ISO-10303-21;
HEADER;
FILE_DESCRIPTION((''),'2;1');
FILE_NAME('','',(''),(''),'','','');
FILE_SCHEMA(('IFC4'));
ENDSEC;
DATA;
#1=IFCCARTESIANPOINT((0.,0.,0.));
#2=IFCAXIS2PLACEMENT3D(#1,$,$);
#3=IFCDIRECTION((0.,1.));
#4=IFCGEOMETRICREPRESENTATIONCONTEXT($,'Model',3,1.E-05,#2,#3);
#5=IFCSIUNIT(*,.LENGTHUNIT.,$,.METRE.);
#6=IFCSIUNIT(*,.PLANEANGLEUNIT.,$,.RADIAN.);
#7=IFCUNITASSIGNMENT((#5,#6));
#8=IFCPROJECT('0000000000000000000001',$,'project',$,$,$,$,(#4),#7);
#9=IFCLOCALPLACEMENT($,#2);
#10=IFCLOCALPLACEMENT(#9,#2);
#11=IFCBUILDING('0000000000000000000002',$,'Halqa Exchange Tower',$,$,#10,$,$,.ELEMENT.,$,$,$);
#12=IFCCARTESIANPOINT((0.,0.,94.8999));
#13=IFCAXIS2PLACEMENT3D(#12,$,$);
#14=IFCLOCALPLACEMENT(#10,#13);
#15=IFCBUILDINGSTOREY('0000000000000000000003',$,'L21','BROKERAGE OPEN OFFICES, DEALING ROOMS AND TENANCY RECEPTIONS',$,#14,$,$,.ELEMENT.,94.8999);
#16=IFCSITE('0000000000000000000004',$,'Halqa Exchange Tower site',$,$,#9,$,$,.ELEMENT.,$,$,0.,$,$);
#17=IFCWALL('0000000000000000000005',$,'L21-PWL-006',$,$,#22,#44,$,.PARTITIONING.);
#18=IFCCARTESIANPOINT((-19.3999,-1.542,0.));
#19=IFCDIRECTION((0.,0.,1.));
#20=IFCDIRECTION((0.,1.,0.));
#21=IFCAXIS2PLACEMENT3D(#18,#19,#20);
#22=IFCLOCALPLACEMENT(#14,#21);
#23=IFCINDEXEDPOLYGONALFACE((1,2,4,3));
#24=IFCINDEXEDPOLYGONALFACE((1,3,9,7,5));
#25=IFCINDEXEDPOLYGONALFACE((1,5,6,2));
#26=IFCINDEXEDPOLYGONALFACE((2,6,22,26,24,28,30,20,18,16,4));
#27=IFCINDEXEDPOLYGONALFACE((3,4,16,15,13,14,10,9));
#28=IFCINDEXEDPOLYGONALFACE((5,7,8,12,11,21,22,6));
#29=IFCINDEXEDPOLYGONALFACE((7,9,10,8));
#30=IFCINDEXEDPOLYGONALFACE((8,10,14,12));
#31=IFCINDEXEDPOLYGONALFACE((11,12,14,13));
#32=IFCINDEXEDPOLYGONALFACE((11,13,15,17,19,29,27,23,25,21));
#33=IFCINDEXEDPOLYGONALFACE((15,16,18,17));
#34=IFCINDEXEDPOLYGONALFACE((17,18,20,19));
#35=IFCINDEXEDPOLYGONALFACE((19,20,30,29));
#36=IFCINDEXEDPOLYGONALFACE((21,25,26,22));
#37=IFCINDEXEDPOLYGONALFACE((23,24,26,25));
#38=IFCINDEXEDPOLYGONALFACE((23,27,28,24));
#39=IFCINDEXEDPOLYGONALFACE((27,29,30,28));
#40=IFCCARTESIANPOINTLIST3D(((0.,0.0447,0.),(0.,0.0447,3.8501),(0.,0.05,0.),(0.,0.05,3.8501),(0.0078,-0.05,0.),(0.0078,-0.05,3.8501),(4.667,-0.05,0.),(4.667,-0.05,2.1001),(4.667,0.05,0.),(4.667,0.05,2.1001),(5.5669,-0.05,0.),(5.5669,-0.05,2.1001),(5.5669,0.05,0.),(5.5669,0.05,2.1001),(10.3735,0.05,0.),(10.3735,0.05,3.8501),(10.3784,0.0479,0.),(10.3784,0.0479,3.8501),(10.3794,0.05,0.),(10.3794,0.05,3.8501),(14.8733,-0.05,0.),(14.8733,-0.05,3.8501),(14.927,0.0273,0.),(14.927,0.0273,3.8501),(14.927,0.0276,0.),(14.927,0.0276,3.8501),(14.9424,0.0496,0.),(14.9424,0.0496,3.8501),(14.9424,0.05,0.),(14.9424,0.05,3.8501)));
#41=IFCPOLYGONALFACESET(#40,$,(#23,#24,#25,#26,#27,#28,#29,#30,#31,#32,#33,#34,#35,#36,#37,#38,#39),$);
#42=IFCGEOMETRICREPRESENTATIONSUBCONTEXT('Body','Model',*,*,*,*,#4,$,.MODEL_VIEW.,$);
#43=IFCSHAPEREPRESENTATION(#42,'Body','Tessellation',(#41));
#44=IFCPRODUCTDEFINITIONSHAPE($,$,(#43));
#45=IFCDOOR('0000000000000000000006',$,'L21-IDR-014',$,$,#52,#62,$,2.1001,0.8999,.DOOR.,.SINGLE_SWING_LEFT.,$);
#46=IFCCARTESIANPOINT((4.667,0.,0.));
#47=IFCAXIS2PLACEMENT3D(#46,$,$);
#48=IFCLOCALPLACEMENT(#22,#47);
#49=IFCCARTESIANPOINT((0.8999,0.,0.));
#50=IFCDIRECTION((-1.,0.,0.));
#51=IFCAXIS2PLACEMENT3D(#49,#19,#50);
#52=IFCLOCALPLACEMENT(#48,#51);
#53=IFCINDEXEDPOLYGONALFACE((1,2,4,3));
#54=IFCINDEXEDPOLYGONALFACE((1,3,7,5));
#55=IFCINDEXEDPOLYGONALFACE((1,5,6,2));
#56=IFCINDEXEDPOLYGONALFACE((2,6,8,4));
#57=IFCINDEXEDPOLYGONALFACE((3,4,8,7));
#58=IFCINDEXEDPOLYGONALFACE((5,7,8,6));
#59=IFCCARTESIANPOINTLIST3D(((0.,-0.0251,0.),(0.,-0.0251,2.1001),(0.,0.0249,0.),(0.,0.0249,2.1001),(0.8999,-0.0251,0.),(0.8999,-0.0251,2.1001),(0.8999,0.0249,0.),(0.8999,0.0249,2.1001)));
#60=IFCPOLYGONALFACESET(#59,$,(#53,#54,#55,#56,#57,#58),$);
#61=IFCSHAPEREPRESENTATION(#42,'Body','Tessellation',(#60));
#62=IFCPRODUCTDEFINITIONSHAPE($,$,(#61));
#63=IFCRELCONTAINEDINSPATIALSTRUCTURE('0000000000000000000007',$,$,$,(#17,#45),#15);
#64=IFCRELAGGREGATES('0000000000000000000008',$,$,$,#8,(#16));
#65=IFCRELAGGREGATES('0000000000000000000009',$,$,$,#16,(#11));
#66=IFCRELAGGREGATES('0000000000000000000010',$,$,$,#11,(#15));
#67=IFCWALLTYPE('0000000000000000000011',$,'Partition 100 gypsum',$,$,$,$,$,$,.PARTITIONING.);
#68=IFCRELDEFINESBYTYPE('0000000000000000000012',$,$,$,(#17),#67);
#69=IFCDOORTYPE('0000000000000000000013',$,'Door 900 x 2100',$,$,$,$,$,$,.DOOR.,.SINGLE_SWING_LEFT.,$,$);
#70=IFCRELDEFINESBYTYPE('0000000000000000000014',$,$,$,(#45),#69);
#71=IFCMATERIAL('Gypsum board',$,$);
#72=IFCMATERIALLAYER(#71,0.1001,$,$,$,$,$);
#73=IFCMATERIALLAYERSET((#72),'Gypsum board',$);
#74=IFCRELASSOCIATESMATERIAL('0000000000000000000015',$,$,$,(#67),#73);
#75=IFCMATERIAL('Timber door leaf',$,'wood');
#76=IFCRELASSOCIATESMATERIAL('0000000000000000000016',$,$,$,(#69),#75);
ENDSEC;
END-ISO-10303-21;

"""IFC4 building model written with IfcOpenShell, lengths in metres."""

from ifc_helpers import new_model, si_unit, direction, frame, frame_2d, origin, place, context, subcontext, project, spatial, polyline, rectangle, outline, extrude, material, layer, layer_set, type_object, element, fill, save


model = new_model("IFC4")

# Units and contexts
model_context = context("Model", 3, precision=1e-05, world=origin(), true_north=direction((0.0, 1.0)))
body_context = subcontext(model_context, "Body", "Model", "MODEL_VIEW")
ifc_project = project(units=[si_unit("LENGTHUNIT", "METRE"), si_unit("PLANEANGLEUNIT", "RADIAN")], contexts=[model_context])

# Site, building, storey
site_placement = place(None, origin())
site = spatial("IfcSite", under=ifc_project, at=site_placement, Name="Halqa Exchange Tower site", CompositionType="ELEMENT", RefElevation=0.0)
building_placement = place(site_placement, origin())
building = spatial("IfcBuilding", under=site, at=building_placement, Name="Halqa Exchange Tower", CompositionType="ELEMENT")
storey_placement = place(building_placement, frame((0.0, 0.0, 94.8999)))
storey = spatial("IfcBuildingStorey", under=building, at=storey_placement, Name="L21", Description="BROKERAGE OPEN OFFICES, DEALING ROOMS AND TENANCY RECEPTIONS", CompositionType="ELEMENT", Elevation=94.8999)

# Wall, opening, door
ifc_material_1 = material(Name="Gypsum board")
ifc_layer_1 = layer(ifc_material_1, 0.1001)
ifc_layer_set_1 = layer_set([ifc_layer_1], Name="Gypsum board")
wall_type_1 = type_object("IfcWallType", Name="Partition 100 gypsum", PredefinedType="PARTITIONING", material=ifc_layer_set_1)
wall_1_placement = place(storey_placement, frame((-19.3999, -1.542, 0.0), z_axis=(0.0, 0.0, 1.0), x_axis=(0.0, 1.0, 0.0)))
wall_1 = element("IfcWall", 1, at=wall_1_placement, inside=storey, type_object=wall_type_1, Name="L21-PWL-006", PredefinedType="PARTITIONING", context=body_context, shape_type="SweptSolid", body=[
    extrude(outline(polyline([(0.0078, -0.05), (1.866, -0.05), (3.7241, -0.05), (5.5823, -0.05), (7.4407, -0.05), (9.2988, -0.05), (11.157, -0.05), (13.0151, -0.05), (14.8733, -0.05), (14.927, 0.0276), (14.927, 0.0273), (14.9424, 0.0496), (14.9424, 0.05), (13.4214, 0.05), (11.9004, 0.05), (10.3794, 0.05), (10.3784, 0.0479), (10.3735, 0.05), (8.6445, 0.05), (6.9158, 0.05), (5.1868, 0.05), (3.4578, 0.05), (1.729, 0.05), (0.0, 0.05), (0.0, 0.0447), (0.0078, -0.05)])), origin(), (0.0, 0.0, 1.0), 3.8501),
])
opening_1_placement = place(wall_1_placement, frame((4.667, 0.0, 0.0)))
opening_1 = element("IfcOpeningElement", 2, at=opening_1_placement, cuts=wall_1, PredefinedType="OPENING", context=body_context, shape_type="SweptSolid", body=[
    extrude(rectangle(XDim=0.8999, YDim=2.1001, at=frame_2d((0.45, 1.05))), frame((0.0, 0.062, 0.0), z_axis=(0.0, -1.0, 0.0), x_axis=(1.0, 0.0, 0.0)), (0.0, 0.0, 1.0), 0.124),
])
ifc_material_2 = material(Name="Timber door leaf", Category="wood")
door_type_1 = type_object("IfcDoorType", Name="Door 900 x 2100", OperationType="SINGLE_SWING_LEFT", PredefinedType="DOOR", material=ifc_material_2)
door_1_placement = place(opening_1_placement, frame((0.8999, 0.0, 0.0), z_axis=(0.0, 0.0, 1.0), x_axis=(-1.0, 0.0, 0.0)))
door_1 = element("IfcDoor", 3, at=door_1_placement, inside=storey, type_object=door_type_1, Name="L21-IDR-014", OperationType="SINGLE_SWING_LEFT", OverallHeight=2.1001, OverallWidth=0.8999, PredefinedType="DOOR", context=body_context, shape_type="SweptSolid", body=[
    extrude(rectangle(XDim=0.8999, YDim=2.1001, at=frame_2d((0.45, 1.05))), frame((0.0, 0.0249, 0.0), z_axis=(0.0, -1.0, 0.0), x_axis=(1.0, 0.0, 0.0)), (0.0, 0.0, 1.0), 0.05),
])
fill(opening_1, door_1)

save(model, "model.ifc")
